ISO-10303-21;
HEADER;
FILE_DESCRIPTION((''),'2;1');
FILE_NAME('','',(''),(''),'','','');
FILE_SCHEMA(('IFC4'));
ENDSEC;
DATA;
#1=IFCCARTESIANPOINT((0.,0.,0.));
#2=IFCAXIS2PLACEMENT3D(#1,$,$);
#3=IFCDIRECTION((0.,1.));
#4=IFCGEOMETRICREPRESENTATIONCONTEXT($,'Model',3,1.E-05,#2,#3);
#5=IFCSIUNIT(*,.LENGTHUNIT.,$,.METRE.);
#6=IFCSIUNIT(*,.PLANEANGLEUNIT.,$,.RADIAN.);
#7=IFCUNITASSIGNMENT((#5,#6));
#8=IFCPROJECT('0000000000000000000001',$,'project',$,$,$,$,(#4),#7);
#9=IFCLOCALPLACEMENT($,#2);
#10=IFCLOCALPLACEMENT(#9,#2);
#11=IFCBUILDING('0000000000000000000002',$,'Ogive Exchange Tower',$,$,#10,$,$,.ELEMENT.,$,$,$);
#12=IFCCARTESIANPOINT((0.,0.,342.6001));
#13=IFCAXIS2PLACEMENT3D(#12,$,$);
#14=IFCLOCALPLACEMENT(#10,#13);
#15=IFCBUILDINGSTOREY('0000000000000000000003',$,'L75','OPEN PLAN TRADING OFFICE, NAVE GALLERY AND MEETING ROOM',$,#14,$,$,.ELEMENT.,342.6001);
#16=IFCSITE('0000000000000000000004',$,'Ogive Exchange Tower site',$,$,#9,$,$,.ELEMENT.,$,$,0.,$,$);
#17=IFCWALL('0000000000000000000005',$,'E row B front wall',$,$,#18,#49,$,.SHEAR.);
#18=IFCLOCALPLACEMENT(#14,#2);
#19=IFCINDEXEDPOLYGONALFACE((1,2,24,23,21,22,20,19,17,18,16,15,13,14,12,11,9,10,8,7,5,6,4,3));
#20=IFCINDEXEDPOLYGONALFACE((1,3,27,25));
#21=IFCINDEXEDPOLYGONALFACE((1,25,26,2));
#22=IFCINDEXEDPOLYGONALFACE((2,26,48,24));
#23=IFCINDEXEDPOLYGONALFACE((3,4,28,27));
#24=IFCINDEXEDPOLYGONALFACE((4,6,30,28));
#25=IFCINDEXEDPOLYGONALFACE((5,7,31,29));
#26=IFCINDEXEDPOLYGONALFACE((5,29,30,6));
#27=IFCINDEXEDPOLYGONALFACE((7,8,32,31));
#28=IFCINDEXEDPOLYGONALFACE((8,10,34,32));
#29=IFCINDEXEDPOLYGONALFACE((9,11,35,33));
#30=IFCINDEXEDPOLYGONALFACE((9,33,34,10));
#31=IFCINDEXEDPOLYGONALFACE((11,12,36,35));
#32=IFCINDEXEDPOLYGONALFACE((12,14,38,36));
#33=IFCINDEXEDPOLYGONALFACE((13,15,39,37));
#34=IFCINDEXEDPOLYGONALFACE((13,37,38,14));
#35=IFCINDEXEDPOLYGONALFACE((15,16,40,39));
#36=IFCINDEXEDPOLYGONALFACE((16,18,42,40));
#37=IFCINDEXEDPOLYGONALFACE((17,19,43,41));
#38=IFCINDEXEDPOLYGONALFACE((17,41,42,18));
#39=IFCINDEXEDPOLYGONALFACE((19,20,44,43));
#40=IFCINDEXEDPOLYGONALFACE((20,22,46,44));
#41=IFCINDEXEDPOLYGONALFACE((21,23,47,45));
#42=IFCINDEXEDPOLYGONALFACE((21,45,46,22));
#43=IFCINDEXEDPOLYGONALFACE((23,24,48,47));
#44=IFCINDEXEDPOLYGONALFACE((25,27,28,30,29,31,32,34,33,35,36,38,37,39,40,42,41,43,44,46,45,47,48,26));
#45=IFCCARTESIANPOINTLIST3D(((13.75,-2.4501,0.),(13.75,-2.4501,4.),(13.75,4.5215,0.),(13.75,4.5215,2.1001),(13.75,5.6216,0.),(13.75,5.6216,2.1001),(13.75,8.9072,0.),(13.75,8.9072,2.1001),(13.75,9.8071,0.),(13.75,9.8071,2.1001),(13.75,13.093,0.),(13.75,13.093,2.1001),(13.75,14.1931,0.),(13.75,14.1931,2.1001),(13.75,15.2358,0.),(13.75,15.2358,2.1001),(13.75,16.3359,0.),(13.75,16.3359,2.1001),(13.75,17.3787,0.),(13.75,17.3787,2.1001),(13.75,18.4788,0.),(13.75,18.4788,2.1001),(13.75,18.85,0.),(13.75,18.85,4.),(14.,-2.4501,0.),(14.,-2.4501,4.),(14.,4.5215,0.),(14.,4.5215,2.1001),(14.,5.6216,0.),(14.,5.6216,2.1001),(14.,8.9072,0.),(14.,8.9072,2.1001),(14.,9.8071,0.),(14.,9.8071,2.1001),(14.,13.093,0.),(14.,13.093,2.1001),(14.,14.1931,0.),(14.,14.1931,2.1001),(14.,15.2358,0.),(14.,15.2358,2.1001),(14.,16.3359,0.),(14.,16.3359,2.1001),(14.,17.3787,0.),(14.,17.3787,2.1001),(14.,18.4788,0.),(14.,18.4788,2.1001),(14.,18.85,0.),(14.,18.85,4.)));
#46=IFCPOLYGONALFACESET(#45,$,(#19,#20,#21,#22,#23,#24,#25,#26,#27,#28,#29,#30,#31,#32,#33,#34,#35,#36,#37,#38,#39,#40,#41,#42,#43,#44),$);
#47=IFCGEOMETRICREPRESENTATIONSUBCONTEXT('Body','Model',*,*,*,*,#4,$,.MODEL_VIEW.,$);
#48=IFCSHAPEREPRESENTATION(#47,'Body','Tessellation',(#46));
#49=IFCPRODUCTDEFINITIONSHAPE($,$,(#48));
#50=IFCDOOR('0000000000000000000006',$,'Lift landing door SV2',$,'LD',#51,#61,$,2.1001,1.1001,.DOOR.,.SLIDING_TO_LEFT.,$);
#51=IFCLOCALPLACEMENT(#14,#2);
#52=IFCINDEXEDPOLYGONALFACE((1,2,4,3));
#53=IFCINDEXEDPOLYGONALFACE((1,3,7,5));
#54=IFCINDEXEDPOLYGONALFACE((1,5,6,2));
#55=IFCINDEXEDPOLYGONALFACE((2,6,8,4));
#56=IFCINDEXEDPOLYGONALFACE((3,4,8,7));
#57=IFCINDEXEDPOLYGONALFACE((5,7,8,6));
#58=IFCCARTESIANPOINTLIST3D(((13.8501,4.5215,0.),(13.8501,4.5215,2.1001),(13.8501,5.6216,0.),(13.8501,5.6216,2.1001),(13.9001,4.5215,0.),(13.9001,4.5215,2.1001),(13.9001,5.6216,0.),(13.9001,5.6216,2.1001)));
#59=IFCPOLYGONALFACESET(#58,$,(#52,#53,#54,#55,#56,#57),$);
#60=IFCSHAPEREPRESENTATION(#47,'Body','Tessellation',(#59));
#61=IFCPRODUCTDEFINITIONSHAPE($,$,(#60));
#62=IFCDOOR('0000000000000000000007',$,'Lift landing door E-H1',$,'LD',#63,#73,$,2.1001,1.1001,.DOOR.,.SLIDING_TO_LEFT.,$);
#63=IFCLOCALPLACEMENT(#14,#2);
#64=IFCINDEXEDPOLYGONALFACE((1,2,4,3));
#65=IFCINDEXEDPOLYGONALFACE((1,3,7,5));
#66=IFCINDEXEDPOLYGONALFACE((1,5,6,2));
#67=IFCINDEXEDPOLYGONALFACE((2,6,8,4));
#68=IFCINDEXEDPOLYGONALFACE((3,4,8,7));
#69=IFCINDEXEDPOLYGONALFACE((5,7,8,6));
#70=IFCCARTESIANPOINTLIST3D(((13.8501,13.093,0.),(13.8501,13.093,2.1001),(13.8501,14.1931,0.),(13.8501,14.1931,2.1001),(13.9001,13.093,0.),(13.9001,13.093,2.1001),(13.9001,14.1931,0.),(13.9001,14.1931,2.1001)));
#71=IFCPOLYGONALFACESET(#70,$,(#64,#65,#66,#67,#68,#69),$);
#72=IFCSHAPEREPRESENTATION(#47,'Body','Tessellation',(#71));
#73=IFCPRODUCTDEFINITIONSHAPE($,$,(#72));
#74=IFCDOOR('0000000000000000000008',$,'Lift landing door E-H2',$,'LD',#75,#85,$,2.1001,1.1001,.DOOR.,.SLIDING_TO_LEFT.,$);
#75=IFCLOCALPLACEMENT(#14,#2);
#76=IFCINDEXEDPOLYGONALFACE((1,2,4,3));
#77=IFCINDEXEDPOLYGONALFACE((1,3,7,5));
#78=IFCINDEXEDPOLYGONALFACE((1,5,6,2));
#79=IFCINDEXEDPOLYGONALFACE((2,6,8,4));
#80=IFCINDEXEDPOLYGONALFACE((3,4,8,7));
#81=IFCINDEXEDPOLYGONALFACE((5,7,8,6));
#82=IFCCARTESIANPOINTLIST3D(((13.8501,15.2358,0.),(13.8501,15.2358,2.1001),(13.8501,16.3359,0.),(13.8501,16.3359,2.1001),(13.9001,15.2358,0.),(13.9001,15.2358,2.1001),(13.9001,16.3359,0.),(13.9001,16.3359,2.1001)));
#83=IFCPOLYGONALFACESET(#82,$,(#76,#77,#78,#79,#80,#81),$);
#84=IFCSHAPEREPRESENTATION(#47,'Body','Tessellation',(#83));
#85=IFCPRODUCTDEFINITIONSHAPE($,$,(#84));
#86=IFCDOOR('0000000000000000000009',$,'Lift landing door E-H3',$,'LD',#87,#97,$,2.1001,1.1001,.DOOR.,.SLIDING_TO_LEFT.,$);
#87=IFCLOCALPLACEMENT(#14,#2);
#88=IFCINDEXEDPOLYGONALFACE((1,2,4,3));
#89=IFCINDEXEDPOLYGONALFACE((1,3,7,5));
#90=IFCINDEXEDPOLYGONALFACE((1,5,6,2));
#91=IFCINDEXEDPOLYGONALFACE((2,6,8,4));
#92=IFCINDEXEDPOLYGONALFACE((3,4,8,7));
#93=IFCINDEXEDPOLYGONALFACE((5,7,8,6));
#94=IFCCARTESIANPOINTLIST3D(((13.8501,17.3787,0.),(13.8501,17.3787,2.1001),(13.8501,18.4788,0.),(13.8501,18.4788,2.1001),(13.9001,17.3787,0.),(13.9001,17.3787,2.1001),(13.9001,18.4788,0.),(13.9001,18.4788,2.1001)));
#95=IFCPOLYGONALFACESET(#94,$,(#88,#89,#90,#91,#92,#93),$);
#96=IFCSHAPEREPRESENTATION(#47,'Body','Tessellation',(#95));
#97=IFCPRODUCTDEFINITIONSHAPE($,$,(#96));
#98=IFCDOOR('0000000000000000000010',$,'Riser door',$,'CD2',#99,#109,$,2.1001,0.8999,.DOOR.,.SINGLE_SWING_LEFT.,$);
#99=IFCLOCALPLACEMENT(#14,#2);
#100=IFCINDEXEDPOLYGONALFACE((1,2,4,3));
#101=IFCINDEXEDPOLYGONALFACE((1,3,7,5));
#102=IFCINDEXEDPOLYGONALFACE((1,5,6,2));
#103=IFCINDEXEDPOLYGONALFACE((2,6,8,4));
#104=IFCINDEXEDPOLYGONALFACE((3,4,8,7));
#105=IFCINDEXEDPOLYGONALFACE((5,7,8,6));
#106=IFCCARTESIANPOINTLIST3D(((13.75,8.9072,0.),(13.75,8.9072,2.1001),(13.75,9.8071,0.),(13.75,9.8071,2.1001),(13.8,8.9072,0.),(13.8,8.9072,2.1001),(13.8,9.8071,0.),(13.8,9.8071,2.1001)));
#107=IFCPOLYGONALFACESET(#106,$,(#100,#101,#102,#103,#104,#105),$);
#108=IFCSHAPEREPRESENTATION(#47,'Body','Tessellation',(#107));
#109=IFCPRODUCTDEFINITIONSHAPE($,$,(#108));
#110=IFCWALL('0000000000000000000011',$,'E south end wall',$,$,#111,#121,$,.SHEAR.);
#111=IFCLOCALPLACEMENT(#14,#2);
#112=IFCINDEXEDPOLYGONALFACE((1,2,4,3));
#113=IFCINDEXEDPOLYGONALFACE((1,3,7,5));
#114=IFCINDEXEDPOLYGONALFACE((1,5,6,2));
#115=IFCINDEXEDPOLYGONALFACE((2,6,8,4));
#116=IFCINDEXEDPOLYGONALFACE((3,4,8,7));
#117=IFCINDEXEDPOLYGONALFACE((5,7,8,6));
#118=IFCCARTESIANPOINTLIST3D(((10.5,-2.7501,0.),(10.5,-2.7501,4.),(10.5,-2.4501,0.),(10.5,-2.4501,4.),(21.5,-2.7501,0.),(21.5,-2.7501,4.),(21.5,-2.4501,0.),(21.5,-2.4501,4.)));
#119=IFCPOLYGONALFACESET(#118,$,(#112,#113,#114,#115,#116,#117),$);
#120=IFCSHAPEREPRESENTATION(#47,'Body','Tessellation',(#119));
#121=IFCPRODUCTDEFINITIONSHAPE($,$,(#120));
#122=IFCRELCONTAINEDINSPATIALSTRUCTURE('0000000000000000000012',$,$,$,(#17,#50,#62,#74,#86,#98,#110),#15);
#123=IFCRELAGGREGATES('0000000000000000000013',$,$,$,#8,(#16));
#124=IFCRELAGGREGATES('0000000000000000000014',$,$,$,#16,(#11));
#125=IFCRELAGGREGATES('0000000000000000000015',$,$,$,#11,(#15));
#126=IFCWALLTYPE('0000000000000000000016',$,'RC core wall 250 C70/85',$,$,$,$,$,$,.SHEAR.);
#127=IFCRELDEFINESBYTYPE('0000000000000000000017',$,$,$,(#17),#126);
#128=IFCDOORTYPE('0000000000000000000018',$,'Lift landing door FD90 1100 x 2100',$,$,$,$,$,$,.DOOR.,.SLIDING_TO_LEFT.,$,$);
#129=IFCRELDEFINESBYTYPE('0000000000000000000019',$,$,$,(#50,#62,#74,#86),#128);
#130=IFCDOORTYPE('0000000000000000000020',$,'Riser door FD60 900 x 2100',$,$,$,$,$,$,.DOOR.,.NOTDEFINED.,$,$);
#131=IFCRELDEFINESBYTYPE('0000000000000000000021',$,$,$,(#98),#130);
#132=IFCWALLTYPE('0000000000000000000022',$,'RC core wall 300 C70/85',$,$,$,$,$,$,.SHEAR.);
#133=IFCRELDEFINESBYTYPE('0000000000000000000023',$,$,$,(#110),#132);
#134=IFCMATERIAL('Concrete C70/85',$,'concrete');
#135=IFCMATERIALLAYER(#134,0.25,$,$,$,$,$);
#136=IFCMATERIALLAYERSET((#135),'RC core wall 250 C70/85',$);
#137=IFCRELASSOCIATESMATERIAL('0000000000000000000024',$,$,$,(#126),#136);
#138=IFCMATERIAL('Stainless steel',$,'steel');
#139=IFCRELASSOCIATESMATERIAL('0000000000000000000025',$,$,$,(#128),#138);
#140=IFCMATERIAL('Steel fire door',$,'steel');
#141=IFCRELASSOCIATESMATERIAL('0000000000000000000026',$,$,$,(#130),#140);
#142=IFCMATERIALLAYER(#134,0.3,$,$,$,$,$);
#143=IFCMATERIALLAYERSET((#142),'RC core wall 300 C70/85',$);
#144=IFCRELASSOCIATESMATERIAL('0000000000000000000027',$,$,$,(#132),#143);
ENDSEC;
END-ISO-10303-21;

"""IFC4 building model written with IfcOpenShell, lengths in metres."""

from ifc_helpers import new_model, si_unit, direction, frame, frame_2d, origin, place, context, subcontext, project, spatial, rectangle, extrude, material, layer, layer_set, type_object, element, fill, save


model = new_model("IFC4")

# Units and contexts
model_context = context("Model", 3, precision=1e-05, world=origin(), true_north=direction((0.0, 1.0)))
body_context = subcontext(model_context, "Body", "Model", "MODEL_VIEW")
ifc_project = project(units=[si_unit("LENGTHUNIT", "METRE"), si_unit("PLANEANGLEUNIT", "RADIAN")], contexts=[model_context])

# Site, building, storey
site_placement = place(None, origin())
site = spatial("IfcSite", under=ifc_project, at=site_placement, Name="Ogive Exchange Tower site", CompositionType="ELEMENT", RefElevation=0.0)
building_placement = place(site_placement, origin())
building = spatial("IfcBuilding", under=site, at=building_placement, Name="Ogive Exchange Tower", CompositionType="ELEMENT")
storey_placement = place(building_placement, frame((0.0, 0.0, 342.6001)))
storey = spatial("IfcBuildingStorey", under=building, at=storey_placement, Name="L75", Description="OPEN PLAN TRADING OFFICE, NAVE GALLERY AND MEETING ROOM", CompositionType="ELEMENT", Elevation=342.6001)

# Shared definitions
ifc_material_1 = material(Name="Concrete C70/85", Category="concrete")

# Shared definitions
ifc_layer_1 = layer(ifc_material_1, 0.25)
ifc_layer_set_1 = layer_set([ifc_layer_1], Name="RC core wall 250 C70/85")
wall_type_1 = type_object("IfcWallType", Name="RC core wall 250 C70/85", PredefinedType="SHEAR", material=ifc_layer_set_1)
ifc_material_2 = material(Name="Steel fire door", Category="steel")

# Wall, openings, doors
wall_1_placement = place(storey_placement, frame((13.875, -2.45, 0.0), z_axis=(0.0, 0.0, 1.0), x_axis=(0.0, 1.0, 0.0)))
wall_1 = element("IfcWall", 1, at=wall_1_placement, inside=storey, type_object=wall_type_1, Name="E row B front wall", PredefinedType="SHEAR", context=body_context, shape_type="SweptSolid", body=[
    extrude(rectangle(XDim=21.3, YDim=0.25, at=frame_2d((10.6499, 0.0))), origin(), (0.0, 0.0, 1.0), 4.0),
])
opening_1_placement = place(wall_1_placement, frame((11.3572, 0.0, 0.0)))
opening_1 = element("IfcOpeningElement", 2, at=opening_1_placement, cuts=wall_1, PredefinedType="OPENING", context=body_context, shape_type="SweptSolid", body=[
    extrude(rectangle(XDim=0.8999, YDim=2.1001, at=frame_2d((0.45, 1.05))), frame((0.0, 0.135, 0.0), z_axis=(0.0, -1.0, 0.0), x_axis=(1.0, 0.0, 0.0)), (0.0, 0.0, 1.0), 0.27),
])
opening_2_placement = place(wall_1_placement, frame((6.9714, 0.0, 0.0)))
opening_2 = element("IfcOpeningElement", 3, at=opening_2_placement, cuts=wall_1, PredefinedType="OPENING", context=body_context, shape_type="SweptSolid", body=[
    extrude(rectangle(XDim=1.1001, YDim=2.1001, at=frame_2d((0.55, 1.05))), frame((0.0, 0.135, 0.0), z_axis=(0.0, -1.0, 0.0), x_axis=(1.0, 0.0, 0.0)), (0.0, 0.0, 1.0), 0.27),
])
opening_3_placement = place(wall_1_placement, frame((15.543, 0.0, 0.0)))
opening_3 = element("IfcOpeningElement", 4, at=opening_3_placement, cuts=wall_1, PredefinedType="OPENING", context=body_context, shape_type="SweptSolid", body=[
    extrude(rectangle(XDim=1.1001, YDim=2.1001, at=frame_2d((0.55, 1.05))), frame((0.0, 0.135, 0.0), z_axis=(0.0, -1.0, 0.0), x_axis=(1.0, 0.0, 0.0)), (0.0, 0.0, 1.0), 0.27),
])
opening_4_placement = place(wall_1_placement, frame((17.6858, 0.0, 0.0)))
opening_4 = element("IfcOpeningElement", 5, at=opening_4_placement, cuts=wall_1, PredefinedType="OPENING", context=body_context, shape_type="SweptSolid", body=[
    extrude(rectangle(XDim=1.1001, YDim=2.1001, at=frame_2d((0.55, 1.05))), frame((0.0, 0.135, 0.0), z_axis=(0.0, -1.0, 0.0), x_axis=(1.0, 0.0, 0.0)), (0.0, 0.0, 1.0), 0.27),
])
opening_5_placement = place(wall_1_placement, frame((19.8286, 0.0, 0.0)))
opening_5 = element("IfcOpeningElement", 6, at=opening_5_placement, cuts=wall_1, PredefinedType="OPENING", context=body_context, shape_type="SweptSolid", body=[
    extrude(rectangle(XDim=1.1001, YDim=2.1001, at=frame_2d((0.55, 1.05))), frame((0.0, 0.135, 0.0), z_axis=(0.0, -1.0, 0.0), x_axis=(1.0, 0.0, 0.0)), (0.0, 0.0, 1.0), 0.27),
])
ifc_material_3 = material(Name="Stainless steel", Category="steel")
door_type_1 = type_object("IfcDoorType", Name="Lift landing door FD90 1100 x 2100", OperationType="SLIDING_TO_LEFT", PredefinedType="DOOR", material=ifc_material_3)
door_1_placement = place(opening_2_placement, origin())
door_1 = element("IfcDoor", 7, at=door_1_placement, inside=storey, type_object=door_type_1, Name="Lift landing door SV2", ObjectType="LD", OperationType="SLIDING_TO_LEFT", OverallHeight=2.1001, OverallWidth=1.1001, PredefinedType="DOOR", context=body_context, shape_type="SweptSolid", body=[
    extrude(rectangle(XDim=1.1001, YDim=2.1001, at=frame_2d((0.55, 1.05))), frame((0.0, 0.0249, 0.0), z_axis=(0.0, -1.0, 0.0), x_axis=(1.0, 0.0, 0.0)), (0.0, 0.0, 1.0), 0.05),
])
fill(opening_2, door_1)
door_2_placement = place(opening_3_placement, origin())
door_2 = element("IfcDoor", 8, at=door_2_placement, inside=storey, type_object=door_type_1, Name="Lift landing door E-H1", ObjectType="LD", OperationType="SLIDING_TO_LEFT", OverallHeight=2.1001, OverallWidth=1.1001, PredefinedType="DOOR", context=body_context, shape_type="SweptSolid", body=[
    extrude(rectangle(XDim=1.1001, YDim=2.1001, at=frame_2d((0.55, 1.05))), frame((0.0, 0.0249, 0.0), z_axis=(0.0, -1.0, 0.0), x_axis=(1.0, 0.0, 0.0)), (0.0, 0.0, 1.0), 0.05),
])
fill(opening_3, door_2)
door_3_placement = place(opening_4_placement, origin())
door_3 = element("IfcDoor", 9, at=door_3_placement, inside=storey, type_object=door_type_1, Name="Lift landing door E-H2", ObjectType="LD", OperationType="SLIDING_TO_LEFT", OverallHeight=2.1001, OverallWidth=1.1001, PredefinedType="DOOR", context=body_context, shape_type="SweptSolid", body=[
    extrude(rectangle(XDim=1.1001, YDim=2.1001, at=frame_2d((0.55, 1.05))), frame((0.0, 0.0249, 0.0), z_axis=(0.0, -1.0, 0.0), x_axis=(1.0, 0.0, 0.0)), (0.0, 0.0, 1.0), 0.05),
])
fill(opening_4, door_3)
door_4_placement = place(opening_5_placement, origin())
door_4 = element("IfcDoor", 10, at=door_4_placement, inside=storey, type_object=door_type_1, Name="Lift landing door E-H3", ObjectType="LD", OperationType="SLIDING_TO_LEFT", OverallHeight=2.1001, OverallWidth=1.1001, PredefinedType="DOOR", context=body_context, shape_type="SweptSolid", body=[
    extrude(rectangle(XDim=1.1001, YDim=2.1001, at=frame_2d((0.55, 1.05))), frame((0.0, 0.0249, 0.0), z_axis=(0.0, -1.0, 0.0), x_axis=(1.0, 0.0, 0.0)), (0.0, 0.0, 1.0), 0.05),
])
fill(opening_5, door_4)
door_type_2 = type_object("IfcDoorType", Name="Riser door FD60 900 x 2100", OperationType="NOTDEFINED", PredefinedType="DOOR", material=ifc_material_2)
door_5_placement = place(opening_1_placement, origin())
door_5 = element("IfcDoor", 11, at=door_5_placement, inside=storey, type_object=door_type_2, Name="Riser door", ObjectType="CD2", OperationType="SINGLE_SWING_LEFT", OverallHeight=2.1001, OverallWidth=0.8999, PredefinedType="DOOR", context=body_context, shape_type="SweptSolid", body=[
    extrude(rectangle(XDim=0.8999, YDim=2.1001, at=frame_2d((0.45, 1.05))), frame((0.0, 0.125, 0.0), z_axis=(0.0, -1.0, 0.0), x_axis=(1.0, 0.0, 0.0)), (0.0, 0.0, 1.0), 0.05),
])
fill(opening_1, door_5)

# Wall
ifc_layer_2 = layer(ifc_material_1, 0.3)
ifc_layer_set_2 = layer_set([ifc_layer_2], Name="RC core wall 300 C70/85")
wall_type_2 = type_object("IfcWallType", Name="RC core wall 300 C70/85", PredefinedType="SHEAR", material=ifc_layer_set_2)
wall_2_placement = place(storey_placement, frame((10.5, -2.6001, 0.0), z_axis=(0.0, 0.0, 1.0), x_axis=(1.0, 0.0, 0.0)))
element("IfcWall", 12, at=wall_2_placement, inside=storey, type_object=wall_type_2, Name="E south end wall", PredefinedType="SHEAR", context=body_context, shape_type="SweptSolid", body=[
    extrude(rectangle(XDim=11.0, YDim=0.3, at=frame_2d((5.5, 0.0))), origin(), (0.0, 0.0, 1.0), 4.0),
])

save(model, "model.ifc")
